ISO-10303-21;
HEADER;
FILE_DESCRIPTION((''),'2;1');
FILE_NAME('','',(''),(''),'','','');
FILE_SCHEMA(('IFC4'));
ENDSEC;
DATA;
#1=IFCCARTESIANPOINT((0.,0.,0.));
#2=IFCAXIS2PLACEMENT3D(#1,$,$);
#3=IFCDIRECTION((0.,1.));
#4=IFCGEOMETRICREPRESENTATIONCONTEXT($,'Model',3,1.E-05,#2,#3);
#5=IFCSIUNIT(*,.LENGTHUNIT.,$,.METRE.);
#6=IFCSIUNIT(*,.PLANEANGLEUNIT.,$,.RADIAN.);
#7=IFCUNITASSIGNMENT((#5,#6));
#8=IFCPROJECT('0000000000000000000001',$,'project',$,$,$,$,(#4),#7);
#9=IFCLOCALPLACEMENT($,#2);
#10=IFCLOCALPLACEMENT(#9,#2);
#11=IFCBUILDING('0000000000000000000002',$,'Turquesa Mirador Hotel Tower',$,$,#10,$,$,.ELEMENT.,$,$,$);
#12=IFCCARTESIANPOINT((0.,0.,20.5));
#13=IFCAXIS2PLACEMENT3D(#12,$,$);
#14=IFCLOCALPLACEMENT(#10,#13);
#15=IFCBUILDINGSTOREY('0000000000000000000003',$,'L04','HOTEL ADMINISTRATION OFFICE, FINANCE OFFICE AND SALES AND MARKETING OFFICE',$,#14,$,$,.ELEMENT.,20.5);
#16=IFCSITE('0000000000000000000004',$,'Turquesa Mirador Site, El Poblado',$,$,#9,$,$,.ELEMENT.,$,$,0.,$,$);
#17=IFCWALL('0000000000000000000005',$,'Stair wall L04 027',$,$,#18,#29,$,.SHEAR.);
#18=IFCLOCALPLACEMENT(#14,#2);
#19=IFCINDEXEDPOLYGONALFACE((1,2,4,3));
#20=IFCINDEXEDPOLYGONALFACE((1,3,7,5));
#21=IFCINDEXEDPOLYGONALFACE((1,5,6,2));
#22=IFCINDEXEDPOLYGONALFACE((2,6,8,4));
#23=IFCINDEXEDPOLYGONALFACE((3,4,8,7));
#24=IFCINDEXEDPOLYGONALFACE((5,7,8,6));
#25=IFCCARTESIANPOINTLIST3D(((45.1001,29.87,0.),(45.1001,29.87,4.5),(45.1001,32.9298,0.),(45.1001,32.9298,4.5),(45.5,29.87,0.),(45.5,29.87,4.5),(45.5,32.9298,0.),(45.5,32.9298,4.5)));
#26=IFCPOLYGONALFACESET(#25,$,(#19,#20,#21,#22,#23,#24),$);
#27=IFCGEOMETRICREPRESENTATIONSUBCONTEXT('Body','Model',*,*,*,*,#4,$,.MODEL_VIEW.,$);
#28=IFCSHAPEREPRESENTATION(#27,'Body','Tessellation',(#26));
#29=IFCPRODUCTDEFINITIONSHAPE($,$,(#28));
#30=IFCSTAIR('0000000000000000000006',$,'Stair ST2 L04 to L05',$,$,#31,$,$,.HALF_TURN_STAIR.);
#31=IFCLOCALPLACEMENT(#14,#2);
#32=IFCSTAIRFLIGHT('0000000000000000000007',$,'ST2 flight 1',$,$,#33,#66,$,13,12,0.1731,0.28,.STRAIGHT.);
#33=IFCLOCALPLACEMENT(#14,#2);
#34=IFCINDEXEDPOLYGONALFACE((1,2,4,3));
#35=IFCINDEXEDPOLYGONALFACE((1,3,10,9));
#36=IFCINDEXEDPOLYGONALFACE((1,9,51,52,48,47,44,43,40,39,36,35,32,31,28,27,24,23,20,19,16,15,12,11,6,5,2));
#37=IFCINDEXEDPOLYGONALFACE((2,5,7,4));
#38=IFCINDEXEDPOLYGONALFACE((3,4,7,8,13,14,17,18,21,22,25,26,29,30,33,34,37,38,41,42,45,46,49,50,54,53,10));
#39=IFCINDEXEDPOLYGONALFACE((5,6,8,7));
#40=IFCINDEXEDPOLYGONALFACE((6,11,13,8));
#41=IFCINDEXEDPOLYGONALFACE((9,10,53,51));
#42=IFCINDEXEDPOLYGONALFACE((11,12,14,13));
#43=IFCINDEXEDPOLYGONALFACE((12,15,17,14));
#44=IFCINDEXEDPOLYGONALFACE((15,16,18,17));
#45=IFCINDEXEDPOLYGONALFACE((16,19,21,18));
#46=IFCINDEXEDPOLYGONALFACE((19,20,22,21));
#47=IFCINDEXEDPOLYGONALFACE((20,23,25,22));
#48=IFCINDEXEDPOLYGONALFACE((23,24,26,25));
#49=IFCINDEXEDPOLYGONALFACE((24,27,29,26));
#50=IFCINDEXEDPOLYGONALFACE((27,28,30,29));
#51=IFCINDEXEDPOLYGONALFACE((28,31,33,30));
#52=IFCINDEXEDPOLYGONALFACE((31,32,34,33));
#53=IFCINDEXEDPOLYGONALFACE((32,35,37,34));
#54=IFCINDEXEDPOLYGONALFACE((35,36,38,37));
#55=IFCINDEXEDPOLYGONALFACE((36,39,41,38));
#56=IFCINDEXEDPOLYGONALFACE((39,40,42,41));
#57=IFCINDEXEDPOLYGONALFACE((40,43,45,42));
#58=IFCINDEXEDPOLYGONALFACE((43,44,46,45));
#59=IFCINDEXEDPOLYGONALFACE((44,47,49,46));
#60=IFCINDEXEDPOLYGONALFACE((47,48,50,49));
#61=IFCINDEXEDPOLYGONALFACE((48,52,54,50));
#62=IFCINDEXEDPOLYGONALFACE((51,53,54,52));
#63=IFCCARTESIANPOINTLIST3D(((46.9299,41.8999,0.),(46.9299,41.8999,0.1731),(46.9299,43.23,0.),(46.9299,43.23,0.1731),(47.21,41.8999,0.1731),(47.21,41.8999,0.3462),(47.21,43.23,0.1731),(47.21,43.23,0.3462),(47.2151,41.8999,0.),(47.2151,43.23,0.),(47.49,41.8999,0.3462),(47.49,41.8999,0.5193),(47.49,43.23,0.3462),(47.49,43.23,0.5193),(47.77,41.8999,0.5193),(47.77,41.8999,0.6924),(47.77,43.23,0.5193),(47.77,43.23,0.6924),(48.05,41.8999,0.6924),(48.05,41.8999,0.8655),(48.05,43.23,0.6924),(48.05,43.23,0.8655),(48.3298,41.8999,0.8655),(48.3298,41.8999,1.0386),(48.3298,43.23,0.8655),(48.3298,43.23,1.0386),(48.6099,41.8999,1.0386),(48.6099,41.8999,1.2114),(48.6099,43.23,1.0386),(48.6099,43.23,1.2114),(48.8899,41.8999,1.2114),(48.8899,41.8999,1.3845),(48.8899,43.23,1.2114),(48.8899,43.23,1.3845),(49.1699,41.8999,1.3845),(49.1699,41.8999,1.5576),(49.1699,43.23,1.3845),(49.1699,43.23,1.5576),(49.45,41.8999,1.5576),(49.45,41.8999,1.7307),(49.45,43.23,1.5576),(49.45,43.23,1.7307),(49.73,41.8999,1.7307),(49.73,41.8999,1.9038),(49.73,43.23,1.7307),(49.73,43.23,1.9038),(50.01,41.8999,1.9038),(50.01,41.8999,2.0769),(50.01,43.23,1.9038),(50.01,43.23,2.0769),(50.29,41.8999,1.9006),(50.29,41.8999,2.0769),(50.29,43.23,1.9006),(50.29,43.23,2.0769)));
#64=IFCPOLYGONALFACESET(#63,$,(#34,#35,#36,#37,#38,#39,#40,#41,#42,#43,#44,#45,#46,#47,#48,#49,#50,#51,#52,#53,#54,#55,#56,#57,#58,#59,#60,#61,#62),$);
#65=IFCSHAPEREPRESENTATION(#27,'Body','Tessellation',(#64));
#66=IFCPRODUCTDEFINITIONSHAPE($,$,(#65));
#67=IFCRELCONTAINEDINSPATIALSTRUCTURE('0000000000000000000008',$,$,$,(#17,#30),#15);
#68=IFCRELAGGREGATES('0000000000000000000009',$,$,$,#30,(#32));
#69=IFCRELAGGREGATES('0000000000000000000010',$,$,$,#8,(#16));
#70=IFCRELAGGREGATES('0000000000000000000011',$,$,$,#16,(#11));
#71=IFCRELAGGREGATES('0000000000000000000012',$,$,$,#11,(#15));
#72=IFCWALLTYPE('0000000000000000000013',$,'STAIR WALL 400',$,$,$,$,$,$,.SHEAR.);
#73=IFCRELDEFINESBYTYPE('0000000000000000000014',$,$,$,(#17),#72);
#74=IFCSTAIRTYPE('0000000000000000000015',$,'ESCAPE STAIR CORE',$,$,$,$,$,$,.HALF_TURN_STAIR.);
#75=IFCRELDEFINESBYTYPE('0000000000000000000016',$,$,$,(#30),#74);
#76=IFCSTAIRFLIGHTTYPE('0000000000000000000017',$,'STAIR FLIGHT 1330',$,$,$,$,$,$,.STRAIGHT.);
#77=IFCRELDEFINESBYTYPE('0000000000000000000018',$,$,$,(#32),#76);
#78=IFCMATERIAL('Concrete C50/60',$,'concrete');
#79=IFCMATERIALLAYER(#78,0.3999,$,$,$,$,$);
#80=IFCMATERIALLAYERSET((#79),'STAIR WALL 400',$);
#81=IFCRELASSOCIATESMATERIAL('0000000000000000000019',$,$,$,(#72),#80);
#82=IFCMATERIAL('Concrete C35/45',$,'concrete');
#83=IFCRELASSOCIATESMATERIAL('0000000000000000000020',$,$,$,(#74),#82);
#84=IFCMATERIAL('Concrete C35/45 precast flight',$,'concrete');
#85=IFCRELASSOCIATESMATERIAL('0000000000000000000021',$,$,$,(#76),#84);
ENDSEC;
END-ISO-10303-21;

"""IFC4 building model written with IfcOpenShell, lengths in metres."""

from ifc_helpers import new_model, si_unit, direction, frame, frame_2d, origin, place, context, subcontext, project, spatial, polyline, rectangle, outline, extrude, material, layer, layer_set, type_object, element, aggregate, save


model = new_model("IFC4")

# Units and contexts
model_context = context("Model", 3, precision=1e-05, world=origin(), true_north=direction((0.0, 1.0)))
body_context = subcontext(model_context, "Body", "Model", "MODEL_VIEW")
ifc_project = project(units=[si_unit("LENGTHUNIT", "METRE"), si_unit("PLANEANGLEUNIT", "RADIAN")], contexts=[model_context])

# Site, building, storey
site_placement = place(None, origin())
site = spatial("IfcSite", under=ifc_project, at=site_placement, Name="Turquesa Mirador Site, El Poblado", CompositionType="ELEMENT", RefElevation=0.0)
building_placement = place(site_placement, origin())
building = spatial("IfcBuilding", under=site, at=building_placement, Name="Turquesa Mirador Hotel Tower", CompositionType="ELEMENT")
storey_placement = place(building_placement, frame((0.0, 0.0, 20.5)))
storey = spatial("IfcBuildingStorey", under=building, at=storey_placement, Name="L04", Description="HOTEL ADMINISTRATION OFFICE, FINANCE OFFICE AND SALES AND MARKETING OFFICE", CompositionType="ELEMENT", Elevation=20.5)

# Shared definitions
ifc_material_1 = material(Name="Concrete C50/60", Category="concrete")
ifc_layer_1 = layer(ifc_material_1, 0.3999)
ifc_layer_set_1 = layer_set([ifc_layer_1], Name="STAIR WALL 400")
wall_type_1 = type_object("IfcWallType", Name="STAIR WALL 400", PredefinedType="SHEAR", material=ifc_layer_set_1)

# Wall
wall_1_placement = place(storey_placement, frame((45.3, 29.8701, 0.0), z_axis=(0.0, 0.0, 1.0), x_axis=(0.0, 1.0, 0.0)))
element("IfcWall", 1, at=wall_1_placement, inside=storey, type_object=wall_type_1, Name="Stair wall L04 027", PredefinedType="SHEAR", context=body_context, shape_type="SweptSolid", body=[
    extrude(rectangle(XDim=3.0598, YDim=0.3999, at=frame_2d((1.5298, 0.0))), origin(), (0.0, 0.0, 1.0), 4.5),
])

# Stair, stair flight
ifc_material_2 = material(Name="Concrete C35/45", Category="concrete")
stair_type = type_object("IfcStairType", Name="ESCAPE STAIR CORE", PredefinedType="HALF_TURN_STAIR", material=ifc_material_2)
stair_placement = place(storey_placement, origin())
stair = element("IfcStair", 2, at=stair_placement, inside=storey, type_object=stair_type, Name="Stair ST2 L04 to L05", PredefinedType="HALF_TURN_STAIR")
ifc_material_3 = material(Name="Concrete C35/45 precast flight", Category="concrete")
stair_flight_type = type_object("IfcStairFlightType", Name="STAIR FLIGHT 1330", PredefinedType="STRAIGHT", material=ifc_material_3)
stair_flight_placement = place(storey_placement, frame((46.9299, 42.5649, 0.0), z_axis=(0.0, 0.0, 1.0), x_axis=(1.0, 0.0, 0.0)))
stair_flight = element("IfcStairFlight", 3, at=stair_flight_placement, type_object=stair_flight_type, Name="ST2 flight 1", NumberOfRisers=13, NumberOfTreads=12, PredefinedType="STRAIGHT", RiserHeight=0.1731, TreadLength=0.28, context=body_context, shape_type="SweptSolid", body=[
    extrude(outline(polyline([(0.0, 0.0), (0.0, 0.1731), (0.28, 0.1731), (0.28, 0.3462), (0.5601, 0.3462), (0.5601, 0.5193), (0.8401, 0.5193), (0.8401, 0.6924), (1.1201, 0.6924), (1.1201, 0.8655), (1.3999, 0.8655), (1.3999, 1.0386), (1.6799, 1.0386), (1.6799, 1.2114), (1.96, 1.2114), (1.96, 1.3845), (2.24, 1.3845), (2.24, 1.5576), (2.52, 1.5576), (2.52, 1.7307), (2.8, 1.7307), (2.8, 1.9038), (3.0801, 1.9038), (3.0801, 2.0769), (3.3601, 2.0769), (3.3601, 2.25), (3.3601, 1.9006), (0.2852, 0.0), (0.0, 0.0)])), frame((0.0, 0.665, 0.0), z_axis=(0.0, -1.0, 0.0), x_axis=(1.0, 0.0, 0.0)), (0.0, 0.0, 1.0), 1.3301),
])
aggregate(stair, [stair_flight])

save(model, "model.ifc")
